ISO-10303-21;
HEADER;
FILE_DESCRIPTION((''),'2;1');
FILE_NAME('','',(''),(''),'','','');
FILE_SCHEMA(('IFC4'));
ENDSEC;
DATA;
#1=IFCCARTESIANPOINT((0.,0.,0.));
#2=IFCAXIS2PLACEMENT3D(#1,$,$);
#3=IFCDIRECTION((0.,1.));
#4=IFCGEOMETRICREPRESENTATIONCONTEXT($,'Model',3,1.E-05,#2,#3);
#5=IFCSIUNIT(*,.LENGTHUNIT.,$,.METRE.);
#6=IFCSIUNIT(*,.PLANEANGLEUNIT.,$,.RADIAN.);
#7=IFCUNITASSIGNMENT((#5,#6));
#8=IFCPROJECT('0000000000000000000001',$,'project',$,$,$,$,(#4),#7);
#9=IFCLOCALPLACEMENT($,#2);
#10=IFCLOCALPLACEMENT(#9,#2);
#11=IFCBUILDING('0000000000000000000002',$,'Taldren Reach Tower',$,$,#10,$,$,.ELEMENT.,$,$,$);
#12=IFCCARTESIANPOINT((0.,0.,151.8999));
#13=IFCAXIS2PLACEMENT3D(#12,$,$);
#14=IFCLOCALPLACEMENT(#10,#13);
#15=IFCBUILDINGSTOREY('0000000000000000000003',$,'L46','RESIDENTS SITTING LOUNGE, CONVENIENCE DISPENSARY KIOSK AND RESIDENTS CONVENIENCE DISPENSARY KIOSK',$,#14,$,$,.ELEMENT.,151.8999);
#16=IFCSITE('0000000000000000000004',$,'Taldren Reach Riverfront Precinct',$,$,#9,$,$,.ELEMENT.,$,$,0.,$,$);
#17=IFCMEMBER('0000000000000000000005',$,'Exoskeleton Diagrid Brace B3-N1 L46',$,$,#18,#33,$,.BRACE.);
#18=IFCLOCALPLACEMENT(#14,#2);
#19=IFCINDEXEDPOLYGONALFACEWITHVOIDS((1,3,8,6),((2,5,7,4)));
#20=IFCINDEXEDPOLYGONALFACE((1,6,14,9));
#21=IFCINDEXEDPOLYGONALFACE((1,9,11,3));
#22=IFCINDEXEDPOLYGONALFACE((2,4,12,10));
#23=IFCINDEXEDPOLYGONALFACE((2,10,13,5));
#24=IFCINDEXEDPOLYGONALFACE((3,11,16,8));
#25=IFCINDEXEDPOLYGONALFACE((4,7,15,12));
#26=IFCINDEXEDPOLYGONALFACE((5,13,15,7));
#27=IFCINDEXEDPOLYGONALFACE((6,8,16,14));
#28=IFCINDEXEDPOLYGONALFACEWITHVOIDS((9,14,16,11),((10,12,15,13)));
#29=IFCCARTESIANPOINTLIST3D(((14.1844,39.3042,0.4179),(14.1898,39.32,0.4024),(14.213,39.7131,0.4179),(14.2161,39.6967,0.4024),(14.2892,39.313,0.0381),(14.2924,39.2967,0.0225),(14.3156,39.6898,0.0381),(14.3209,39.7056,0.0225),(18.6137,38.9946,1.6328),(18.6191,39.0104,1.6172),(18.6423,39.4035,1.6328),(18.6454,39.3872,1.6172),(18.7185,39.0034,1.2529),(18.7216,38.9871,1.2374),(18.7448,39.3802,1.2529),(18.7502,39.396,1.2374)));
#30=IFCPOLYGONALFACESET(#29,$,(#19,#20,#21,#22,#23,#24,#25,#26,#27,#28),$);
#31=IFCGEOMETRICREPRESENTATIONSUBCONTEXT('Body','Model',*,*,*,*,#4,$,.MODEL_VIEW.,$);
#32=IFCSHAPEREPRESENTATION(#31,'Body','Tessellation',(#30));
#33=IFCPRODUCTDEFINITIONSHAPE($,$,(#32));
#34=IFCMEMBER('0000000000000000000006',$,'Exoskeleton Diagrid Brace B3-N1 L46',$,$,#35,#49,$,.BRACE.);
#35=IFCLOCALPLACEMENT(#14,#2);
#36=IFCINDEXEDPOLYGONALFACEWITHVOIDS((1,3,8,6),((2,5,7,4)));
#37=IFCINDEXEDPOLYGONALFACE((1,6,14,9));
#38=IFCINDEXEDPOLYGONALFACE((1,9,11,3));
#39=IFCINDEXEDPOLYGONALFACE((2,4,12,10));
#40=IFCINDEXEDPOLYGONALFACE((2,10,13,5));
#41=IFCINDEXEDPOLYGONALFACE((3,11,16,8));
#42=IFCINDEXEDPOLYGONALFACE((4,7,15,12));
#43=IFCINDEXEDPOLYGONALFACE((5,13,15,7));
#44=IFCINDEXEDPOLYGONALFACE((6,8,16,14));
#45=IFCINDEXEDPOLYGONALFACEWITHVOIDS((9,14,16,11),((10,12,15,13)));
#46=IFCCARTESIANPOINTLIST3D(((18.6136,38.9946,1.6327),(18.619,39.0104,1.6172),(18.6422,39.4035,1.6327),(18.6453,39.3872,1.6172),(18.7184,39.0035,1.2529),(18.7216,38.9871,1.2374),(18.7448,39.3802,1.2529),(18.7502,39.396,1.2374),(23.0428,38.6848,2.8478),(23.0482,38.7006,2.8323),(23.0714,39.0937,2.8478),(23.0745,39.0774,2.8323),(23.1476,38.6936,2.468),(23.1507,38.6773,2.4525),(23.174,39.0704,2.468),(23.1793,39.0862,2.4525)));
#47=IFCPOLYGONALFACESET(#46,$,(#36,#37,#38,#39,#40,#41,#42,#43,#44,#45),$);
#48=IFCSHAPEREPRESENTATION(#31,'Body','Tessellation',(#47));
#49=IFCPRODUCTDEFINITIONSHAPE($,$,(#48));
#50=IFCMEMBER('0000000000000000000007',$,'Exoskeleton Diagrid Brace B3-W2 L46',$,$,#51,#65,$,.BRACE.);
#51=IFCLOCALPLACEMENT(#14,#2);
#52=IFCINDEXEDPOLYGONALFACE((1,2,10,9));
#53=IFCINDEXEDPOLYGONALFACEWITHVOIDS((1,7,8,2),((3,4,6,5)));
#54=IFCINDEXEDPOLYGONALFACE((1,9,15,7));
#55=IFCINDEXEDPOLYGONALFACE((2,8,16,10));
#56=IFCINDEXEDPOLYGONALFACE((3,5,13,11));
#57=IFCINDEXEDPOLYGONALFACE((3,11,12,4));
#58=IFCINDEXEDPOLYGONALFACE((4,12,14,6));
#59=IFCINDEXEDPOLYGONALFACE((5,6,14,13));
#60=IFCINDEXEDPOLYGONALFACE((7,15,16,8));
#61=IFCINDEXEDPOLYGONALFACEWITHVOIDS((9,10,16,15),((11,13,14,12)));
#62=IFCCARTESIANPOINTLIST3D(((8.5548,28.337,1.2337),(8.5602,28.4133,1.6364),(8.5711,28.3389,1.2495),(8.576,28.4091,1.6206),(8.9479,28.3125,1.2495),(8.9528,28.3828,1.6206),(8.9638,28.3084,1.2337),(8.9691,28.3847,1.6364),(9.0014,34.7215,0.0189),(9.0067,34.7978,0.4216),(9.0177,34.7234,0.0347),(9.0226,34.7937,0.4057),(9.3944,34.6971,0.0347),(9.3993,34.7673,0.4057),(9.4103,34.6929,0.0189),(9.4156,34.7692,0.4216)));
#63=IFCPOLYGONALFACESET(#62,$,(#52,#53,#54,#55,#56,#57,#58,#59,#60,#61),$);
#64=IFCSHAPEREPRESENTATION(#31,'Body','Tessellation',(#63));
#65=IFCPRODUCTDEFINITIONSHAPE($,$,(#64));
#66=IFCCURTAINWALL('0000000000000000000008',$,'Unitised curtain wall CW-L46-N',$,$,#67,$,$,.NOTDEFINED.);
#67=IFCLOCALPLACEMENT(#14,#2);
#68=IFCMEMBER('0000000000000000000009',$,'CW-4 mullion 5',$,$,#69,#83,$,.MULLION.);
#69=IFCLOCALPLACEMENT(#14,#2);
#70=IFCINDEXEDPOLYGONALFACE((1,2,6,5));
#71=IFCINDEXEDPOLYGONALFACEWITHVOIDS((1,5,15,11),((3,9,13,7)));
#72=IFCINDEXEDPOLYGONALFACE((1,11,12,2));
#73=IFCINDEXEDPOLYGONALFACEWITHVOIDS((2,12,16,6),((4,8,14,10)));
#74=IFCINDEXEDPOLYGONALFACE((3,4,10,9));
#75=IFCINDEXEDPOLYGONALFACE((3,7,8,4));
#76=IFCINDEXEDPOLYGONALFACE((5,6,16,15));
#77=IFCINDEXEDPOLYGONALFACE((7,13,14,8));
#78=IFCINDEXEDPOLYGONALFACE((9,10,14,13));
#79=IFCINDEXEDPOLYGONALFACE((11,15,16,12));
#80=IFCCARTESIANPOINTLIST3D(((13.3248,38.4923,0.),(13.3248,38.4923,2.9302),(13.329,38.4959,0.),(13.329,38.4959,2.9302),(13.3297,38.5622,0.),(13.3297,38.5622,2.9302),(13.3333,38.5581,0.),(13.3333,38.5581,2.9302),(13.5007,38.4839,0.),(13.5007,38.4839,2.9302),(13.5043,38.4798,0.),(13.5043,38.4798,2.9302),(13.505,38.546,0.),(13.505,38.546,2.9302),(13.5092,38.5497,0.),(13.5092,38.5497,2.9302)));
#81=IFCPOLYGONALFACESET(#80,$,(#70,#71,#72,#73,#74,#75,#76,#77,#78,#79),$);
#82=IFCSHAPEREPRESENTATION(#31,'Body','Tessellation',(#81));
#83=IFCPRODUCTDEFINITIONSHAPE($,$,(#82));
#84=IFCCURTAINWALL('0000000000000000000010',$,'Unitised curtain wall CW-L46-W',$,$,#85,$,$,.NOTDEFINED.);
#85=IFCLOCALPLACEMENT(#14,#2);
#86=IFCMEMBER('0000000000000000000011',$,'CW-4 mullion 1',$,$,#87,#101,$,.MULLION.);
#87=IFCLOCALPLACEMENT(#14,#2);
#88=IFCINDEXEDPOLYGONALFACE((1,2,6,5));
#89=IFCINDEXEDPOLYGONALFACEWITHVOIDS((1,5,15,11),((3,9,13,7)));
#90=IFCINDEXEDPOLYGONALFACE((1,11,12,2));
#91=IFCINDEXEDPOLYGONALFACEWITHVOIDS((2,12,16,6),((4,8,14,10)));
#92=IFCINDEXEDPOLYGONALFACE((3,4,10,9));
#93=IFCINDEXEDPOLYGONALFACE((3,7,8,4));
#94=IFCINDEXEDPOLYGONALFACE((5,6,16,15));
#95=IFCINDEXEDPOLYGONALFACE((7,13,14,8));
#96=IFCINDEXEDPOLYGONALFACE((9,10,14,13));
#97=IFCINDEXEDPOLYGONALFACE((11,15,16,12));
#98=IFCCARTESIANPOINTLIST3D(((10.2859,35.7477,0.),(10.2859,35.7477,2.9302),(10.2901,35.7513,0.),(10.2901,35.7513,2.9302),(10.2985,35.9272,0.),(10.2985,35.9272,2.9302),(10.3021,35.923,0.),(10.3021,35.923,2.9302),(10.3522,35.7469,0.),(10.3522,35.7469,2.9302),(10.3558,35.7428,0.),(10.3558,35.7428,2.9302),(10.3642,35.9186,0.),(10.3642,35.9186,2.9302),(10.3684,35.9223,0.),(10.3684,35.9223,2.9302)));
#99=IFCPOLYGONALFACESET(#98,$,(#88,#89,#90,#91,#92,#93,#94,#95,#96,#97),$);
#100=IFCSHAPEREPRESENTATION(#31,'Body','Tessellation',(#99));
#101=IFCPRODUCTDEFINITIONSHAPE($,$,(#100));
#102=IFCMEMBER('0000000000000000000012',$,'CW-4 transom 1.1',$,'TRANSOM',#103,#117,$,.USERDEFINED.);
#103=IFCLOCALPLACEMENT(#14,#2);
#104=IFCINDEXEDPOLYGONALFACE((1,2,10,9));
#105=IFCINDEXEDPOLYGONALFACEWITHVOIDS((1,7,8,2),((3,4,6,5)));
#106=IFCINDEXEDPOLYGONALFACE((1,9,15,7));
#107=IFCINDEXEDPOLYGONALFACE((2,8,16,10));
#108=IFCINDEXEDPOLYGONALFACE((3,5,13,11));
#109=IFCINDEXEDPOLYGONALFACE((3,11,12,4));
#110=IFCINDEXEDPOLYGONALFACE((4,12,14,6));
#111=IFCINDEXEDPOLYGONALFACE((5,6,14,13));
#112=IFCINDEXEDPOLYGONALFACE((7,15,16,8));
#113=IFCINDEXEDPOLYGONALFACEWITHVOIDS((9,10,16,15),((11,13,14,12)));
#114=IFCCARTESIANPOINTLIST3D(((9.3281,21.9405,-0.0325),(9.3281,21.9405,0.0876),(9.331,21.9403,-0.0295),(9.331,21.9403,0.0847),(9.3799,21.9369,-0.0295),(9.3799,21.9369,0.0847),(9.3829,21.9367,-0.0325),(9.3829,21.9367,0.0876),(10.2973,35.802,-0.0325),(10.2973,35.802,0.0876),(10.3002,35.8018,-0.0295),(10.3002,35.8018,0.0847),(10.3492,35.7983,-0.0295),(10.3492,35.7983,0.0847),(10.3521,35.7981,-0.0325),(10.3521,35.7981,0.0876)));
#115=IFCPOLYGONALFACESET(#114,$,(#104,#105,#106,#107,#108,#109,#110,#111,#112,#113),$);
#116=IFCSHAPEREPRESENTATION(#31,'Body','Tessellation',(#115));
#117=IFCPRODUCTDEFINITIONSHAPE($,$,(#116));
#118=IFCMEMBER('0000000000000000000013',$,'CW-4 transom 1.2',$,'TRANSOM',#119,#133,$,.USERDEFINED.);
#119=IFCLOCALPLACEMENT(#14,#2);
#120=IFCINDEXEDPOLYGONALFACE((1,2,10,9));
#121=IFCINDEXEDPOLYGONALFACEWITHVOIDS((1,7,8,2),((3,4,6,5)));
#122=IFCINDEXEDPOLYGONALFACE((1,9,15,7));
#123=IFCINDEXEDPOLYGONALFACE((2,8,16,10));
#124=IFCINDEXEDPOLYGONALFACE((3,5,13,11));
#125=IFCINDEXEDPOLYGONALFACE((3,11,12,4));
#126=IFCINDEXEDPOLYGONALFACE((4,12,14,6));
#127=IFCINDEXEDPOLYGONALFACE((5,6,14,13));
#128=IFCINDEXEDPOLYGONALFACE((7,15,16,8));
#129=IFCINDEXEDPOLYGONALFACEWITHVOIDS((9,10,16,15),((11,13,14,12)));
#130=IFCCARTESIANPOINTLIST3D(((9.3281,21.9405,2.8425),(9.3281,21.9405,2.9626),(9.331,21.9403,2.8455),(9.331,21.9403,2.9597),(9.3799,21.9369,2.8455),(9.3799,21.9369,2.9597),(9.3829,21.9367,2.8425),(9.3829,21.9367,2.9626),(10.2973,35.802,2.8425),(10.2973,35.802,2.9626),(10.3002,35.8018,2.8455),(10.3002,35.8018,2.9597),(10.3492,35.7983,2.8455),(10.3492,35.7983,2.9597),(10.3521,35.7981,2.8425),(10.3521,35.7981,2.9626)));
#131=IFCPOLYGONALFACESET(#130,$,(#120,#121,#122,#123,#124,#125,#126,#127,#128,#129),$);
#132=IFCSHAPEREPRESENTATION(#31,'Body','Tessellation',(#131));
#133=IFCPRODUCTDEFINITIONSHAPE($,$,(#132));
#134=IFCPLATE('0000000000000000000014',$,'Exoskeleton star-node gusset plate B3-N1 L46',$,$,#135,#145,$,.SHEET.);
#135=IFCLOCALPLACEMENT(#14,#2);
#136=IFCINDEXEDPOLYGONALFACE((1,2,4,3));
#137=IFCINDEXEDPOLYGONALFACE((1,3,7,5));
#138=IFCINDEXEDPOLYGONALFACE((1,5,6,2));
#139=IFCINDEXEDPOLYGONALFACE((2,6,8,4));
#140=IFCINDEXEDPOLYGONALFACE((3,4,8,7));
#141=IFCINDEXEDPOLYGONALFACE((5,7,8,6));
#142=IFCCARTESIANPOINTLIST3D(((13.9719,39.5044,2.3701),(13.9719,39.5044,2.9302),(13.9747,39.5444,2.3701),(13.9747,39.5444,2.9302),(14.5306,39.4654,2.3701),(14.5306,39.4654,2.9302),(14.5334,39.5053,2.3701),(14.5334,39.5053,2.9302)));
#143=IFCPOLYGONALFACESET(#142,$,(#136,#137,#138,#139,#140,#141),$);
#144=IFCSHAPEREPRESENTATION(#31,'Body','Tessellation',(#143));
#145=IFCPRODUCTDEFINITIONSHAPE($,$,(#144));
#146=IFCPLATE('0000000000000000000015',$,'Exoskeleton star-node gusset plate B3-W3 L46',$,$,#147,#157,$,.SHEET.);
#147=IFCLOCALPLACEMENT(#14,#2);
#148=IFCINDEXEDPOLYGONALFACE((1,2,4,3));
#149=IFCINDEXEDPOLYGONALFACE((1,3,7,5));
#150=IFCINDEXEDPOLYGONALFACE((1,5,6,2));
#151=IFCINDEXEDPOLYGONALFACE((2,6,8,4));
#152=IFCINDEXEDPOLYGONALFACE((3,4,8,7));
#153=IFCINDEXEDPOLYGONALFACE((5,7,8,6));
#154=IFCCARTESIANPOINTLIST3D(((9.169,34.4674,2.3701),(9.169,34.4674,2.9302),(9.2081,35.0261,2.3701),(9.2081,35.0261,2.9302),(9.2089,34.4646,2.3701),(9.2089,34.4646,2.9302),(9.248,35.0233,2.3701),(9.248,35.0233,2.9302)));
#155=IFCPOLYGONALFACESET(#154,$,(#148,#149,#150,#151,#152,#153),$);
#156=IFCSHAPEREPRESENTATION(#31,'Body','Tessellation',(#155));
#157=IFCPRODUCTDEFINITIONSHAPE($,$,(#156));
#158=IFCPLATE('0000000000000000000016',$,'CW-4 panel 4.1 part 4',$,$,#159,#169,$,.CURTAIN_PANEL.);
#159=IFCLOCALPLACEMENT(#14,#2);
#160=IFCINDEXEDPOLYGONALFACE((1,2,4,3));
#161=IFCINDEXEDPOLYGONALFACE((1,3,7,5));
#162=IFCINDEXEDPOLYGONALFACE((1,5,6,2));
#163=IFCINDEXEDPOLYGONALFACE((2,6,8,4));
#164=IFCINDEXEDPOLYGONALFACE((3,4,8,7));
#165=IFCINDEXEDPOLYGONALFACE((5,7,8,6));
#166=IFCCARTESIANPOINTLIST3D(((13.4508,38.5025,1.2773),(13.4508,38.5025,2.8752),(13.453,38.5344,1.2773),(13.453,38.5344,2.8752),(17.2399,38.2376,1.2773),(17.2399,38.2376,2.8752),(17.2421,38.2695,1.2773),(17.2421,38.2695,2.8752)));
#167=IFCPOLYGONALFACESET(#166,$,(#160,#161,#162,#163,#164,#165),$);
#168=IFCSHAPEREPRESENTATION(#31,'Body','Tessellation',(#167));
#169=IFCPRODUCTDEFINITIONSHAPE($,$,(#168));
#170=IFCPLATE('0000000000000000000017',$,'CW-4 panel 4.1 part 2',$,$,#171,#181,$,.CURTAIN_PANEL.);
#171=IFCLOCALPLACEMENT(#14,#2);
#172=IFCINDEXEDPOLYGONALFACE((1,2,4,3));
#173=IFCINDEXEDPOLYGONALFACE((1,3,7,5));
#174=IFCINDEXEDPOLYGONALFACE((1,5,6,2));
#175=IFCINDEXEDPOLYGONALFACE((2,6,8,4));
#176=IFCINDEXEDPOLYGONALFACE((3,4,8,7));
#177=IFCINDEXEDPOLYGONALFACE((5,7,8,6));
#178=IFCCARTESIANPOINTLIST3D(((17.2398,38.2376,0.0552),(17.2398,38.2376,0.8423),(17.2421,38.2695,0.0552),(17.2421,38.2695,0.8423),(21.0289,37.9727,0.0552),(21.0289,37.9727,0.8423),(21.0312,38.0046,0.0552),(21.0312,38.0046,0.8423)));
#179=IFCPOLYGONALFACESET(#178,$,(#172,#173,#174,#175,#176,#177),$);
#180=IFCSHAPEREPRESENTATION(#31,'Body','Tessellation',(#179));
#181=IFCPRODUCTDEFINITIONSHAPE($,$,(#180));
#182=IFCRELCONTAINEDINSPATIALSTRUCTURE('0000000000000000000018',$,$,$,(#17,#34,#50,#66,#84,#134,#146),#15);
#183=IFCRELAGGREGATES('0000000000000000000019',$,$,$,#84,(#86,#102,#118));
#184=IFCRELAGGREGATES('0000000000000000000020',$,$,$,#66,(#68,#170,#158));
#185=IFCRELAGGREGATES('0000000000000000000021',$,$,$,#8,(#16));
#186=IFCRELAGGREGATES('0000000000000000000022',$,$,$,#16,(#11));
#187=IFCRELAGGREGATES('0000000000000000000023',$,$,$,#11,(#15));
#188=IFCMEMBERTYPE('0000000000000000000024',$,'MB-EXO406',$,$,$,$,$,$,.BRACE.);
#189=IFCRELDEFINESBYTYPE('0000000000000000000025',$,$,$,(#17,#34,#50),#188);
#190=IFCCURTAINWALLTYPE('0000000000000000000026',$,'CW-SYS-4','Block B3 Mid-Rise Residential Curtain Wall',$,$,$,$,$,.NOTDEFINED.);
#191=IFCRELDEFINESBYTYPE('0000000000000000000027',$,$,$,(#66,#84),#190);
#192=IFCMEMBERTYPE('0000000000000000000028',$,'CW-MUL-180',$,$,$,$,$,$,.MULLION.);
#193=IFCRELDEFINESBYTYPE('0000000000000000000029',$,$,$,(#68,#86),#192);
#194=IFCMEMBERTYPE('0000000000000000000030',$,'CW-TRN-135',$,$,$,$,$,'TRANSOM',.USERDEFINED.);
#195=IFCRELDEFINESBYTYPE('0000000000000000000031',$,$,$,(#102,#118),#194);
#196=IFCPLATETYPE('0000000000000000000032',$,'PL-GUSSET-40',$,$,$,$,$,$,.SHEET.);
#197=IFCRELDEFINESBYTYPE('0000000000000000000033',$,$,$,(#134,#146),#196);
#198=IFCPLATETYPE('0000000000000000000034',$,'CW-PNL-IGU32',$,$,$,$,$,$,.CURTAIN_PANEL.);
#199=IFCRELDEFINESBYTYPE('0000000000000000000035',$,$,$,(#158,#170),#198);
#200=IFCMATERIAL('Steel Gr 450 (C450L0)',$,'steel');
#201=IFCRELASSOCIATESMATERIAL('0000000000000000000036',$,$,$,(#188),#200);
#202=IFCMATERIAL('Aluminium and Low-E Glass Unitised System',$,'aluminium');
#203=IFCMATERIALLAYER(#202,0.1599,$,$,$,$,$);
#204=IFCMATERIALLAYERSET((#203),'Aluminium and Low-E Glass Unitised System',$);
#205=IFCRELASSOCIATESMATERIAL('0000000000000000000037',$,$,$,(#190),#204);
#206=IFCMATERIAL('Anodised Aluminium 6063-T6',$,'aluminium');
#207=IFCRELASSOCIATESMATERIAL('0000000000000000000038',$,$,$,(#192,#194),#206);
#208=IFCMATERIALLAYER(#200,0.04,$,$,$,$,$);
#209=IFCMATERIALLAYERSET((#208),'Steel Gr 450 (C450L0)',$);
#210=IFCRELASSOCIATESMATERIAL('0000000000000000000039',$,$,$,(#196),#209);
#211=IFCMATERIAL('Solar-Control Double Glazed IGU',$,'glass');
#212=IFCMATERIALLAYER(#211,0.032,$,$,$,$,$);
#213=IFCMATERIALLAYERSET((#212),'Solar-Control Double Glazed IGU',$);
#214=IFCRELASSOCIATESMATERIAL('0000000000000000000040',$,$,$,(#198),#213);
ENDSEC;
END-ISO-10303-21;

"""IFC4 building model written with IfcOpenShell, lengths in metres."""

from ifc_helpers import new_model, si_unit, direction, frame, origin, origin_2d, place, context, subcontext, project, spatial, rectangle, hollow_rectangle, extrude, source, transform, mapped, material, layer, layer_set, material_profile, profile_set, type_object, element, aggregate, save


model = new_model("IFC4")

# Units and contexts
model_context = context("Model", 3, precision=1e-05, world=origin(), true_north=direction((0.0, 1.0)))
body_context = subcontext(model_context, "Body", "Model", "MODEL_VIEW")
ifc_project = project(units=[si_unit("LENGTHUNIT", "METRE"), si_unit("PLANEANGLEUNIT", "RADIAN")], contexts=[model_context])

# Site, building, storey
site_placement = place(None, origin())
site = spatial("IfcSite", under=ifc_project, at=site_placement, Name="Taldren Reach Riverfront Precinct", CompositionType="ELEMENT", RefElevation=0.0)
building_placement = place(site_placement, origin())
building = spatial("IfcBuilding", under=site, at=building_placement, Name="Taldren Reach Tower", CompositionType="ELEMENT")
storey_placement = place(building_placement, frame((0.0, 0.0, 151.8999)))
storey = spatial("IfcBuildingStorey", under=building, at=storey_placement, Name="L46", Description="RESIDENTS SITTING LOUNGE, CONVENIENCE DISPENSARY KIOSK AND RESIDENTS CONVENIENCE DISPENSARY KIOSK", CompositionType="ELEMENT", Elevation=151.8999)

# Shared definitions
ifc_material_1 = material(Name="Steel Gr 450 (C450L0)", Category="steel")

# Members
ifc_material_profile_1 = material_profile(ifc_material_1, hollow_rectangle(XDim=0.4099, YDim=0.4099, WallThickness=0.0161, at=origin_2d()), Name="410x410x16.0SHS")
ifc_profile_set_1 = profile_set([ifc_material_profile_1], Name="Steel Gr 450 (C450L0)")
member_type_1 = type_object("IfcMemberType", Name="MB-EXO406", PredefinedType="BRACE", material=ifc_profile_set_1)
shared_shape_1 = source(origin(), body_context, "Body", "SweptSolid", [
    extrude(hollow_rectangle(XDim=0.4099, YDim=0.4099, WallThickness=0.0161, at=origin_2d()), origin(), (0.0, 0.0, 1.0), 4.6033),
])
for number, where, z_axis, x_axis, name in (
    (1, (14.2527, 39.5049, 0.2202), (0.962199, -0.067251, 0.263913), (0.069723, 0.997566, 0.0), "Exoskeleton Diagrid Brace B3-N1 L46"),
    (2, (18.6819, 39.1953, 1.4351), (0.962182, -0.067303, 0.263961), (0.069778, 0.997563, 0.0), "Exoskeleton Diagrid Brace B3-N1 L46"),
):
    element("IfcMember", number, at=place(storey_placement, frame(where, z_axis=z_axis, x_axis=x_axis)), inside=storey, type_object=member_type_1, Name=name, PredefinedType="BRACE", context=body_context, shape_type="MappedRepresentation", body=[
        mapped(shared_shape_1, transform((0.0, 0.0, 0.0), scale=1.0)),
    ])
shared_shape_2 = source(origin(), body_context, "Body", "SweptSolid", [
    extrude(hollow_rectangle(XDim=0.4099, YDim=0.4099, WallThickness=0.0161, at=origin_2d()), origin(), (0.0, 0.0, 1.0), 6.5144),
])
member_1_placement = place(storey_placement, frame((9.2085, 34.7454, 0.2202), z_axis=(-0.068546, -0.980063, 0.186486), x_axis=(0.997563, -0.06977, 0.0)))
element("IfcMember", 3, at=member_1_placement, inside=storey, type_object=member_type_1, Name="Exoskeleton Diagrid Brace B3-W2 L46", PredefinedType="BRACE", context=body_context, shape_type="MappedRepresentation", body=[
    mapped(shared_shape_2, transform((0.0, 0.0, 0.0), scale=1.0)),
])

# Curtain wall, member
ifc_material_2 = material(Name="Aluminium and Low-E Glass Unitised System", Category="aluminium")
ifc_layer_1 = layer(ifc_material_2, 0.1599)
ifc_layer_set_1 = layer_set([ifc_layer_1], Name="Aluminium and Low-E Glass Unitised System")
curtain_wall_type = type_object("IfcCurtainWallType", Name="CW-SYS-4", Description="Block B3 Mid-Rise Residential Curtain Wall", PredefinedType="NOTDEFINED", material=ifc_layer_set_1)
curtain_wall_1_placement = place(storey_placement, origin())
curtain_wall_1 = element("IfcCurtainWall", 4, at=curtain_wall_1_placement, inside=storey, type_object=curtain_wall_type, Name="Unitised curtain wall CW-L46-N", PredefinedType="NOTDEFINED")
ifc_material_3 = material(Name="Anodised Aluminium 6063-T6", Category="aluminium")
ifc_material_profile_2 = material_profile(ifc_material_3, hollow_rectangle(XDim=0.0701, YDim=0.1799, WallThickness=0.0039, at=origin_2d()), Name="ALU-180x70x4RHS")
ifc_profile_set_2 = profile_set([ifc_material_profile_2], Name="Anodised Aluminium 6063-T6")
member_type_2 = type_object("IfcMemberType", Name="CW-MUL-180", PredefinedType="MULLION", material=ifc_profile_set_2)
shared_shape_3 = source(origin(), body_context, "Body", "SweptSolid", [
    extrude(hollow_rectangle(XDim=0.0701, YDim=0.1799, WallThickness=0.0039, at=origin_2d()), origin(), (0.0, 0.0, 1.0), 2.9302),
])
member_2_placement = place(storey_placement, frame((13.417, 38.521, 0.0), z_axis=(0.0, 0.0, 1.0), x_axis=(-0.069757, -0.997564, 0.0)))
member_2 = element("IfcMember", 5, at=member_2_placement, type_object=member_type_2, Name="CW-4 mullion 5", PredefinedType="MULLION", context=body_context, shape_type="MappedRepresentation", body=[
    mapped(shared_shape_3, transform((0.0, 0.0, 0.0), scale=1.0)),
])

# Curtain wall, members
curtain_wall_2_placement = place(storey_placement, origin())
curtain_wall_2 = element("IfcCurtainWall", 6, at=curtain_wall_2_placement, inside=storey, type_object=curtain_wall_type, Name="Unitised curtain wall CW-L46-W", PredefinedType="NOTDEFINED")
member_3_placement = place(storey_placement, frame((10.3271, 35.835, 0.0), z_axis=(0.0, 0.0, 1.0), x_axis=(0.997564, -0.069756, 0.0)))
member_3 = element("IfcMember", 7, at=member_3_placement, type_object=member_type_2, Name="CW-4 mullion 1", PredefinedType="MULLION", context=body_context, shape_type="MappedRepresentation", body=[
    mapped(shared_shape_3, transform((0.0, 0.0, 0.0), scale=1.0)),
])
ifc_material_profile_3 = material_profile(ifc_material_3, hollow_rectangle(XDim=0.0549, YDim=0.1201, WallThickness=0.0029, at=origin_2d()), Name="ALU-120x55x3RHS")
ifc_profile_set_3 = profile_set([ifc_material_profile_3], Name="Anodised Aluminium 6063-T6")
member_type_3 = type_object("IfcMemberType", Name="CW-TRN-135", ElementType="TRANSOM", PredefinedType="USERDEFINED", material=ifc_profile_set_3)
shared_shape_4 = source(origin(), body_context, "Body", "SweptSolid", [
    extrude(hollow_rectangle(XDim=0.0549, YDim=0.1201, WallThickness=0.0029, at=origin_2d()), origin(), (0.0, 0.0, 1.0), 13.8953),
])
member_4_placement = place(storey_placement, frame((10.3247, 35.8, 0.0276), z_axis=(-0.069754, -0.997564, 0.0), x_axis=(0.997564, -0.069754, 0.0)))
member_4 = element("IfcMember", 8, at=member_4_placement, type_object=member_type_3, Name="CW-4 transom 1.1", ObjectType="TRANSOM", PredefinedType="USERDEFINED", context=body_context, shape_type="MappedRepresentation", body=[
    mapped(shared_shape_4, transform((0.0, 0.0, 0.0), scale=1.0)),
])
member_5_placement = place(storey_placement, frame((10.3247, 35.8, 2.9026), z_axis=(-0.069754, -0.997564, 0.0), x_axis=(0.997564, -0.069754, 0.0)))
member_5 = element("IfcMember", 9, at=member_5_placement, type_object=member_type_3, Name="CW-4 transom 1.2", ObjectType="TRANSOM", PredefinedType="USERDEFINED", context=body_context, shape_type="MappedRepresentation", body=[
    mapped(shared_shape_4, transform((0.0, 0.0, 0.0), scale=1.0)),
])
aggregate(curtain_wall_2, [member_3, member_4, member_5])

# Plates
ifc_layer_2 = layer(ifc_material_1, 0.04)
ifc_layer_set_2 = layer_set([ifc_layer_2], Name="Steel Gr 450 (C450L0)")
plate_type_1 = type_object("IfcPlateType", Name="PL-GUSSET-40", PredefinedType="SHEET", material=ifc_layer_set_2)
shared_shape_5 = source(origin(), body_context, "Body", "SweptSolid", [
    extrude(rectangle(XDim=0.5601, YDim=0.04, at=origin_2d()), origin(), (0.0, 0.0, 1.0), 0.5601),
])
for number, where, z_axis, x_axis, name in (
    (10, (14.2527, 39.5049, 2.3701), (0.0, 0.0, 1.0), (0.997564, -0.069756, 0.0), "Exoskeleton star-node gusset plate B3-N1 L46"),
    (11, (9.2085, 34.7454, 2.3701), (0.0, 0.0, 1.0), (0.069756, 0.997564, 0.0), "Exoskeleton star-node gusset plate B3-W3 L46"),
):
    element("IfcPlate", number, at=place(storey_placement, frame(where, z_axis=z_axis, x_axis=x_axis)), inside=storey, type_object=plate_type_1, Name=name, PredefinedType="SHEET", context=body_context, shape_type="MappedRepresentation", body=[
        mapped(shared_shape_5, transform((0.0, 0.0, 0.0), scale=1.0)),
    ])

# Plates
ifc_material_4 = material(Name="Solar-Control Double Glazed IGU", Category="glass")
ifc_layer_3 = layer(ifc_material_4, 0.032)
ifc_layer_set_3 = layer_set([ifc_layer_3], Name="Solar-Control Double Glazed IGU")
plate_type_2 = type_object("IfcPlateType", Name="CW-PNL-IGU32", PredefinedType="CURTAIN_PANEL", material=ifc_layer_set_3)
shared_shape_6 = source(origin(), body_context, "Body", "SweptSolid", [
    extrude(rectangle(XDim=3.7983, YDim=0.032, at=origin_2d()), origin(), (0.0, 0.0, 1.0), 1.5979),
])
plate_1_placement = place(storey_placement, frame((15.3464, 38.386, 1.2773), z_axis=(0.0, 0.0, 1.0), x_axis=(-0.997564, 0.069757, 0.0)))
plate_1 = element("IfcPlate", 12, at=plate_1_placement, type_object=plate_type_2, Name="CW-4 panel 4.1 part 4", PredefinedType="CURTAIN_PANEL", context=body_context, shape_type="MappedRepresentation", body=[
    mapped(shared_shape_6, transform((0.0, 0.0, 0.0), scale=1.0)),
])
shared_shape_7 = source(origin(), body_context, "Body", "SweptSolid", [
    extrude(rectangle(XDim=3.7983, YDim=0.032, at=origin_2d()), origin(), (0.0, 0.0, 1.0), 0.7871),
])
plate_2_placement = place(storey_placement, frame((19.1355, 38.1211, 0.0552), z_axis=(0.0, 0.0, 1.0), x_axis=(-0.997564, 0.069757, 0.0)))
plate_2 = element("IfcPlate", 13, at=plate_2_placement, type_object=plate_type_2, Name="CW-4 panel 4.1 part 2", PredefinedType="CURTAIN_PANEL", context=body_context, shape_type="MappedRepresentation", body=[
    mapped(shared_shape_7, transform((0.0, 0.0, 0.0), scale=1.0)),
])
aggregate(curtain_wall_1, [member_2, plate_2, plate_1])

save(model, "model.ifc")
